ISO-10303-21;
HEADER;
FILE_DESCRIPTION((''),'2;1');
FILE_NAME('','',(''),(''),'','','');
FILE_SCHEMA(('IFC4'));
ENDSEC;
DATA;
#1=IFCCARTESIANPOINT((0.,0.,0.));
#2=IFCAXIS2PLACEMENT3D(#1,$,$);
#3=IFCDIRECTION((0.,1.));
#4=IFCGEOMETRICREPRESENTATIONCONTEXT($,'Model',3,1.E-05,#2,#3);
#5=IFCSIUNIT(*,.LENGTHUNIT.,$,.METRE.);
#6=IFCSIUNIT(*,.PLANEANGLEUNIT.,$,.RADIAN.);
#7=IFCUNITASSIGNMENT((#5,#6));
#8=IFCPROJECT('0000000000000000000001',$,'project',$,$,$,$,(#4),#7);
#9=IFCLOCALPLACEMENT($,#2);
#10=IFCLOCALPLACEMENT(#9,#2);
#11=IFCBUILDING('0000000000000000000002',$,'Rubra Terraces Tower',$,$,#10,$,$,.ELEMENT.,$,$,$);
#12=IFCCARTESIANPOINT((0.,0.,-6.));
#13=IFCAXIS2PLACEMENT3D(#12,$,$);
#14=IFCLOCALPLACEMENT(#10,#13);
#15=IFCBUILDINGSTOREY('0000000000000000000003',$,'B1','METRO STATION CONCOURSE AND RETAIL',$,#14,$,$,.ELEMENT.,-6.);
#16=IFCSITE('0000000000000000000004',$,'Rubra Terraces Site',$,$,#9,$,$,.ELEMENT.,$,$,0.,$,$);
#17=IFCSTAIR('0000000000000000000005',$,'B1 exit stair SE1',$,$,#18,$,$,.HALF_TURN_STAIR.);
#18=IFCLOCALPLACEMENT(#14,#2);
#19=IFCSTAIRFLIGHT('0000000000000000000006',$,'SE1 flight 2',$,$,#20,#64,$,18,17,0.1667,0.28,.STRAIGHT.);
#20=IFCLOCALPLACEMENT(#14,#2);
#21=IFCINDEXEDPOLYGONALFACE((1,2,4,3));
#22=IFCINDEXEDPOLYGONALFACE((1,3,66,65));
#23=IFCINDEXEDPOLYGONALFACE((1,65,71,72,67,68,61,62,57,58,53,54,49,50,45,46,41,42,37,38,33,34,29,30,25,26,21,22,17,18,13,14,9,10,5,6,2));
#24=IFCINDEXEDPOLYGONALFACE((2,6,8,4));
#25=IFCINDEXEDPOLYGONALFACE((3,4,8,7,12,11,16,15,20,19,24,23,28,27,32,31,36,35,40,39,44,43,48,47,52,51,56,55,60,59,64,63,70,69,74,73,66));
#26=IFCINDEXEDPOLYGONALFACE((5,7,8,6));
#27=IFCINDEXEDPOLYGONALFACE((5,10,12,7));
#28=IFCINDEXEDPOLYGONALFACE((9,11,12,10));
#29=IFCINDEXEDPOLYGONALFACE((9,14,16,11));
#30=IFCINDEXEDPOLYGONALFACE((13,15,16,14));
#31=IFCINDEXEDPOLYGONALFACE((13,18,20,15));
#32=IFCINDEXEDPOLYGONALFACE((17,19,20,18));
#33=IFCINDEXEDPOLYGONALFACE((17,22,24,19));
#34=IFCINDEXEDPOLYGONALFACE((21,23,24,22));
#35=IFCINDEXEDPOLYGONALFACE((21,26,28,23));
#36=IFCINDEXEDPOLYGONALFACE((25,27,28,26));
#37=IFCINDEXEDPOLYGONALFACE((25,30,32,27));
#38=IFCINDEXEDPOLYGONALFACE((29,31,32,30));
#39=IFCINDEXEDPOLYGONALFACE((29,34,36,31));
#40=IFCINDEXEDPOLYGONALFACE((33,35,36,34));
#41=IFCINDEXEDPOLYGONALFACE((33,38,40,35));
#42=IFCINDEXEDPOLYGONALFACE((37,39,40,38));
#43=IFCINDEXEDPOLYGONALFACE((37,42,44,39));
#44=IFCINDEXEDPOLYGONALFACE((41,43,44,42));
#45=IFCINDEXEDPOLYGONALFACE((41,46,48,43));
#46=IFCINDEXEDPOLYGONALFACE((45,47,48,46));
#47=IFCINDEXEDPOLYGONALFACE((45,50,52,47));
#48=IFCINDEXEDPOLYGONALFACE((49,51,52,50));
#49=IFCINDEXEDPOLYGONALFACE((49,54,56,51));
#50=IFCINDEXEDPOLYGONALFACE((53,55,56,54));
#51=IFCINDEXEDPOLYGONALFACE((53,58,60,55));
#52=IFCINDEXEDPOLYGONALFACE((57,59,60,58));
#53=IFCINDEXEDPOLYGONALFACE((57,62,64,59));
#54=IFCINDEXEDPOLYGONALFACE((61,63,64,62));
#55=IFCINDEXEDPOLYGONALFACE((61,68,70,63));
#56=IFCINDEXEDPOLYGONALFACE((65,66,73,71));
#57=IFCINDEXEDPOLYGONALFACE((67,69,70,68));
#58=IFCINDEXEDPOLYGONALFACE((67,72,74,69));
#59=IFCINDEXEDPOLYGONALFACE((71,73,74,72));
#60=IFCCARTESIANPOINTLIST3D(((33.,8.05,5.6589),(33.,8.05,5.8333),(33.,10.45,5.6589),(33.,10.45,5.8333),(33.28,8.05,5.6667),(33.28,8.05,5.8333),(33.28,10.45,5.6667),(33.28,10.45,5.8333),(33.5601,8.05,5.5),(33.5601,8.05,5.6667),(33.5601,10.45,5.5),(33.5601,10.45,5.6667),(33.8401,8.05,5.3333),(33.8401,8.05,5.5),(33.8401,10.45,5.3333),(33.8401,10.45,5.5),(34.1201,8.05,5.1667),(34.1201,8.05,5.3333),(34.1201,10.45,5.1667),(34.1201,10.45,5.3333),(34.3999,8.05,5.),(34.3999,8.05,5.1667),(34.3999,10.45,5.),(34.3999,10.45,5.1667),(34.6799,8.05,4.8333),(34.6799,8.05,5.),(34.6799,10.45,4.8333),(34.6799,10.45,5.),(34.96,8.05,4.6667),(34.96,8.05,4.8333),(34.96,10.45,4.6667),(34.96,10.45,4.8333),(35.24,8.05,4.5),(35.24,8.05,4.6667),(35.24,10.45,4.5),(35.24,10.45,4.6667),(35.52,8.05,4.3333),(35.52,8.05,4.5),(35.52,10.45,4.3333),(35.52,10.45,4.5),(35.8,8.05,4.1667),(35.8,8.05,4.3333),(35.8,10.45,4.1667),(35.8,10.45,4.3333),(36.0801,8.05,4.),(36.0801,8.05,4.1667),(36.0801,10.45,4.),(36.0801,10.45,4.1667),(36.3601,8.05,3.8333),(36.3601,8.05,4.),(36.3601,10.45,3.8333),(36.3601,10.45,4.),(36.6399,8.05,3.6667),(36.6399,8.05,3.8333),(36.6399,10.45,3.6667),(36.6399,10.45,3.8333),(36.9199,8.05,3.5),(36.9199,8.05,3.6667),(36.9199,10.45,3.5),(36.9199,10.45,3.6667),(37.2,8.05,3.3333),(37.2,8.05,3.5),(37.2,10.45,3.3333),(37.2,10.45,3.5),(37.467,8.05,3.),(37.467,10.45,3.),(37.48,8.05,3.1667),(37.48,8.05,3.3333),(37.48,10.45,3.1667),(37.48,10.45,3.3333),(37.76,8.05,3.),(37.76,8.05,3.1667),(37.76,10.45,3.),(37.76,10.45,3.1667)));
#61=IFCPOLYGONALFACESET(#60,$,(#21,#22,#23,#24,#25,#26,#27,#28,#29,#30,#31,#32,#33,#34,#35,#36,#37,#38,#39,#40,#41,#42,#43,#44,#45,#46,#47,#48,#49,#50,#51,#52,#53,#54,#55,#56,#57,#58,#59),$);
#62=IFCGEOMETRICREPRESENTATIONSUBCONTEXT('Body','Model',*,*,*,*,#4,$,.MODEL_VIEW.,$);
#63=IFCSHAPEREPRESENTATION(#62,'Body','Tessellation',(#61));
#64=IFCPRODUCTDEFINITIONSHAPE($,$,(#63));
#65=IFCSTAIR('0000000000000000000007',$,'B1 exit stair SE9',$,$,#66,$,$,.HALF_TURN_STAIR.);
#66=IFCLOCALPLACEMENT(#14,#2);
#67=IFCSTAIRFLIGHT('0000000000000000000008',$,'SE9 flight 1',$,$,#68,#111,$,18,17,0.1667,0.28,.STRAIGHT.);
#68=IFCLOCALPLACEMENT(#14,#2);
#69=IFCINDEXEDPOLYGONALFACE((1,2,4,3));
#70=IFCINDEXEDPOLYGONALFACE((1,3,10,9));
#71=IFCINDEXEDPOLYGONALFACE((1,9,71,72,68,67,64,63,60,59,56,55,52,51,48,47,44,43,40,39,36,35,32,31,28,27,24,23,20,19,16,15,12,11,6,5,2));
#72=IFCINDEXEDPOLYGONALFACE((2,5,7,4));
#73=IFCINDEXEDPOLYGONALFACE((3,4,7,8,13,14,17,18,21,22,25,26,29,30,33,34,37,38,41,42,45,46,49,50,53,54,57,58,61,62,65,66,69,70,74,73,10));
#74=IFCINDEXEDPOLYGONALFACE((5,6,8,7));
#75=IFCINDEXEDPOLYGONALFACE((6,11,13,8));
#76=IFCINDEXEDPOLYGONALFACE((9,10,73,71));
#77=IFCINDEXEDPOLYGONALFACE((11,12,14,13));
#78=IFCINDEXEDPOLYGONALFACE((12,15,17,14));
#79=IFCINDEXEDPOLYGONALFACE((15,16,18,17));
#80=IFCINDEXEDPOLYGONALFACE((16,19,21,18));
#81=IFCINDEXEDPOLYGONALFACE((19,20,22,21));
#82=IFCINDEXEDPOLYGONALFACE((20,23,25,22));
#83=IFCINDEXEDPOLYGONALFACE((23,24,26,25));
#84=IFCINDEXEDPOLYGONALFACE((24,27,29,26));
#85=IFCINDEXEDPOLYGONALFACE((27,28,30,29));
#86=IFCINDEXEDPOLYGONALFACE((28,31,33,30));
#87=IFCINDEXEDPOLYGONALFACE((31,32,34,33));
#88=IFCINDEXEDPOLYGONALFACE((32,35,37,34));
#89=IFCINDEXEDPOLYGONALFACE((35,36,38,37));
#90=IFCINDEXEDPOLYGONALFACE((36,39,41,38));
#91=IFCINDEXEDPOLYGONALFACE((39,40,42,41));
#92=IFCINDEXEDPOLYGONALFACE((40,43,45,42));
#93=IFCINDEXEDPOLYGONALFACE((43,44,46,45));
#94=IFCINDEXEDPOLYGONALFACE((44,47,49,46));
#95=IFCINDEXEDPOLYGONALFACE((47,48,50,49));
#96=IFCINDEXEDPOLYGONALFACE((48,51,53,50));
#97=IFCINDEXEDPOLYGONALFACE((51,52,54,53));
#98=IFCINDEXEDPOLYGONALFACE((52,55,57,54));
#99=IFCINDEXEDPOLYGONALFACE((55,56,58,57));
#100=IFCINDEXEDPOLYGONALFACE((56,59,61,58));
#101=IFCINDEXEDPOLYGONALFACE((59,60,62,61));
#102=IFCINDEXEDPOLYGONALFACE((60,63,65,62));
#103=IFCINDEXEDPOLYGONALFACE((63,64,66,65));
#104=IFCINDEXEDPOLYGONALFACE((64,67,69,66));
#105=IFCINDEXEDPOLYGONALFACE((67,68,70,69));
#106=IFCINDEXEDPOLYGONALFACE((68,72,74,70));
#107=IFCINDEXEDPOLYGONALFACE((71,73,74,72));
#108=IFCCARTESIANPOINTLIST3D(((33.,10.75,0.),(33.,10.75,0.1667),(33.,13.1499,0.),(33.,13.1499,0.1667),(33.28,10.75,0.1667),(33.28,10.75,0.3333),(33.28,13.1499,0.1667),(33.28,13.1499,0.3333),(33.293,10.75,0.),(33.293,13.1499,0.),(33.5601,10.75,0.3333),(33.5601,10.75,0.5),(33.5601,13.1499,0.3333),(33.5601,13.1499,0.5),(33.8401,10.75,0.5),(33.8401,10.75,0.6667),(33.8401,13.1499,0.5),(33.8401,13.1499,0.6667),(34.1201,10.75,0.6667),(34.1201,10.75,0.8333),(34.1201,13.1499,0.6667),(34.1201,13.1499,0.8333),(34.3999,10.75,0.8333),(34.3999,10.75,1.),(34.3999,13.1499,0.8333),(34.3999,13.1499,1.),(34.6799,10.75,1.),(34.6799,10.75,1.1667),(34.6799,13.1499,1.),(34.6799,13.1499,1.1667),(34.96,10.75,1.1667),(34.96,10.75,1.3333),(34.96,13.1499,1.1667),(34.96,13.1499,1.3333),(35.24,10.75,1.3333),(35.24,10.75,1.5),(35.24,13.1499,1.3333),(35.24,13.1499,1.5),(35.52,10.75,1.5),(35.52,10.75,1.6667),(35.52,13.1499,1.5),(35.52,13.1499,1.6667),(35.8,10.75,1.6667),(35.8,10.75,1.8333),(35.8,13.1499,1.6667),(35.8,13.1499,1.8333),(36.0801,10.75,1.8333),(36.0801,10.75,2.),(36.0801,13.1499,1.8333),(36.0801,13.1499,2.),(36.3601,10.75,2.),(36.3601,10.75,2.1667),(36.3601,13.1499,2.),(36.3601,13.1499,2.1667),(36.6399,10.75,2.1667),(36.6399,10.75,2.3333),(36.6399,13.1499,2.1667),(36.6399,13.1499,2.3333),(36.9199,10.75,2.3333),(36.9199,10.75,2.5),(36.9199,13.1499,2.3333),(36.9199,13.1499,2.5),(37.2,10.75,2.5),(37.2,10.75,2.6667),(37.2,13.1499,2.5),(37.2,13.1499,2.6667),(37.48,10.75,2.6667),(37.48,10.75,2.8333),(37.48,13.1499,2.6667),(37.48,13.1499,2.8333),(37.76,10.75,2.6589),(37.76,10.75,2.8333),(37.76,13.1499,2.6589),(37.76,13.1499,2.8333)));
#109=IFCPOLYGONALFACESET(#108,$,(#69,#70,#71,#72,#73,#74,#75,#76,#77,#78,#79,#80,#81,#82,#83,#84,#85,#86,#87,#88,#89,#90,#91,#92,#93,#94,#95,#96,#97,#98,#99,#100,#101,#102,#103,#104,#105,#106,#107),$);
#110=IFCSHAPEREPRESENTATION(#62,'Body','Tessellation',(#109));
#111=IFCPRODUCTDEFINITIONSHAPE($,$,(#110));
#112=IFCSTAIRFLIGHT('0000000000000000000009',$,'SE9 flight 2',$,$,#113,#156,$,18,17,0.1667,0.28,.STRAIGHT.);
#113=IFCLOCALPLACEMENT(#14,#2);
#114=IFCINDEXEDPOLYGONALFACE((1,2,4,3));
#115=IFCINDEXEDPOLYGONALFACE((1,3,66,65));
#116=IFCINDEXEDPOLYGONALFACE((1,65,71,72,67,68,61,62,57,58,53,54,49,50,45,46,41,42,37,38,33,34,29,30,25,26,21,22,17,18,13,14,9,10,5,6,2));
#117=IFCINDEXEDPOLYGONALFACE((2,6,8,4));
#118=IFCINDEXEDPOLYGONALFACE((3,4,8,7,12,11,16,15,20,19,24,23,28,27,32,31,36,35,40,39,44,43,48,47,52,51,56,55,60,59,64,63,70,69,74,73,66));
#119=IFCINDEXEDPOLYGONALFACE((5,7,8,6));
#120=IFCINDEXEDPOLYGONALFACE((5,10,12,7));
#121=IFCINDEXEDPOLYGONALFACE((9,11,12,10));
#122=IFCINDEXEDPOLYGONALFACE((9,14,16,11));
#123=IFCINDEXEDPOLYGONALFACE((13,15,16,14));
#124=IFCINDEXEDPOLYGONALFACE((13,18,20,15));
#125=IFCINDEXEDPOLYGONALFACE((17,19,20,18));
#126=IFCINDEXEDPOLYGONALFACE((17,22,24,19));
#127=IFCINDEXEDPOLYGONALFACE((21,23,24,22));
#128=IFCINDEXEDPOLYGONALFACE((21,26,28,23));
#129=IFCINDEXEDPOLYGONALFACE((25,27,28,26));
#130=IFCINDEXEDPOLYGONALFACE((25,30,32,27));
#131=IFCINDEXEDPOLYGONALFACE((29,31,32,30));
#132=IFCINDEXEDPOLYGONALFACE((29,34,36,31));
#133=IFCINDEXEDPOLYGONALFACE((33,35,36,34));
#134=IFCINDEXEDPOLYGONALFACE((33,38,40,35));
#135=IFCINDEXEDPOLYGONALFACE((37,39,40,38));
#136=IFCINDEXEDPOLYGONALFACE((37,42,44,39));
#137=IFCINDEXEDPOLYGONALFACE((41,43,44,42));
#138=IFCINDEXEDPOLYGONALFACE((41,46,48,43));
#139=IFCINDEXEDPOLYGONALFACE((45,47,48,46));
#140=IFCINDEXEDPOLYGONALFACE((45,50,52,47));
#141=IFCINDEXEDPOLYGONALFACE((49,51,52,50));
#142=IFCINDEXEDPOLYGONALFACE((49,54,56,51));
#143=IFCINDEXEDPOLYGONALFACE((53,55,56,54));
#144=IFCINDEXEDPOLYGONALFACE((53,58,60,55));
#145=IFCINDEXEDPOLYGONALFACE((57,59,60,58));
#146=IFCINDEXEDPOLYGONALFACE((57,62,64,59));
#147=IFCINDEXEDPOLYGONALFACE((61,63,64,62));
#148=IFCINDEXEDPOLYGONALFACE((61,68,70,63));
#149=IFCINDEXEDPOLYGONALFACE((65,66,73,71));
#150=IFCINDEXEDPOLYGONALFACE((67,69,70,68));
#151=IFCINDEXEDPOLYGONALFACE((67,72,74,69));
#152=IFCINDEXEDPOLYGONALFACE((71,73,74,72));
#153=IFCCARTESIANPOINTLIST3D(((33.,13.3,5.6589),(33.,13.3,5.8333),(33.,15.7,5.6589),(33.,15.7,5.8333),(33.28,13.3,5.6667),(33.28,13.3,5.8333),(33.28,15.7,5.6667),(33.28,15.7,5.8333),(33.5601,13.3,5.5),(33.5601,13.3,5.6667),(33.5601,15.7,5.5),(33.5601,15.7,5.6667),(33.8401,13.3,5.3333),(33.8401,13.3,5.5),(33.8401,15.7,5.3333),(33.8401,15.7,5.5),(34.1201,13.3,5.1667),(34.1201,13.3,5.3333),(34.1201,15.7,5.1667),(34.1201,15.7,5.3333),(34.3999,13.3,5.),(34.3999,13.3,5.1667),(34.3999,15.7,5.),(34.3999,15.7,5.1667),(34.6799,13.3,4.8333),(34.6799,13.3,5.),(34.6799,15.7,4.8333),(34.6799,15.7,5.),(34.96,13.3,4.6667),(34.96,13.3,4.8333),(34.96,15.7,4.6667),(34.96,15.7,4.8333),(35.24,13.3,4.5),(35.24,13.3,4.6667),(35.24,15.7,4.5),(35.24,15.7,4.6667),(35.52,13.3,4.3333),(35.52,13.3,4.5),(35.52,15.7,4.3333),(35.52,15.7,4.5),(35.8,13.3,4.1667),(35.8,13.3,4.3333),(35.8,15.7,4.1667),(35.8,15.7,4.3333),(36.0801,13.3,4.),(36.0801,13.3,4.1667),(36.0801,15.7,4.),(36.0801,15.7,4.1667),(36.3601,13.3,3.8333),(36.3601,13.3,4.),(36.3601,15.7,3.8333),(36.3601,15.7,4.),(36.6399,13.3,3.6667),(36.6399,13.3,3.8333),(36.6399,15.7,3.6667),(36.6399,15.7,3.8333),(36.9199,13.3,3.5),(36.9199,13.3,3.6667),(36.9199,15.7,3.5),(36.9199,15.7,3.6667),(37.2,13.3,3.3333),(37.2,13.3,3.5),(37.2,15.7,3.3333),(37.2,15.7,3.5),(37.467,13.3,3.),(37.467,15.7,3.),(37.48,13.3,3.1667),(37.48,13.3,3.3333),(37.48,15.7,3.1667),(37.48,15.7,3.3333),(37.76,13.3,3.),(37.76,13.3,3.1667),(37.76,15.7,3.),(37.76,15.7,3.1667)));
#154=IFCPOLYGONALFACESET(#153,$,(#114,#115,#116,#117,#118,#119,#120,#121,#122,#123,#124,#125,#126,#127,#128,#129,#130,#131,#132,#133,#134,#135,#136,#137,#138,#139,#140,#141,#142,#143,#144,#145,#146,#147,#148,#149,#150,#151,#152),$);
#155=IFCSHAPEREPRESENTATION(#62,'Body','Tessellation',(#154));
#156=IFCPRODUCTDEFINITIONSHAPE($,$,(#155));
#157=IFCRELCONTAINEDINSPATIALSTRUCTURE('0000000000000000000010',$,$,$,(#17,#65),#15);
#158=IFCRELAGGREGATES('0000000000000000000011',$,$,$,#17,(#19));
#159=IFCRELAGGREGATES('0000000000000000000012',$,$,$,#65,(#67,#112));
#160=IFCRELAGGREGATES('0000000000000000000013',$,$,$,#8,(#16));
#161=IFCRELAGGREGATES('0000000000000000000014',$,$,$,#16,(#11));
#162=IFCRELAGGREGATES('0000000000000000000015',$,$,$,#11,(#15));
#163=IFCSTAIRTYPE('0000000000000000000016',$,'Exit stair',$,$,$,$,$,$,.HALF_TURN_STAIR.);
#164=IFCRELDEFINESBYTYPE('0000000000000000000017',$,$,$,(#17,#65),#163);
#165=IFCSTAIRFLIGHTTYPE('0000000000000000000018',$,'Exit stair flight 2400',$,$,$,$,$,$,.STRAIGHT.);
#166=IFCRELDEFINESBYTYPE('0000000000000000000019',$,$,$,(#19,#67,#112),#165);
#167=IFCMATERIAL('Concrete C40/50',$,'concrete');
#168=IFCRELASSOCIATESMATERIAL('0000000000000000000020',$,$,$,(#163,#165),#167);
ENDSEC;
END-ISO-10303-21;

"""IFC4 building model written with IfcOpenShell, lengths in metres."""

from ifc_helpers import new_model, si_unit, direction, frame, origin, place, context, subcontext, project, spatial, polyline, outline, extrude, material, type_object, element, aggregate, save


model = new_model("IFC4")

# Units and contexts
model_context = context("Model", 3, precision=1e-05, world=origin(), true_north=direction((0.0, 1.0)))
body_context = subcontext(model_context, "Body", "Model", "MODEL_VIEW")
ifc_project = project(units=[si_unit("LENGTHUNIT", "METRE"), si_unit("PLANEANGLEUNIT", "RADIAN")], contexts=[model_context])

# Site, building, storey
site_placement = place(None, origin())
site = spatial("IfcSite", under=ifc_project, at=site_placement, Name="Rubra Terraces Site", CompositionType="ELEMENT", RefElevation=0.0)
building_placement = place(site_placement, origin())
building = spatial("IfcBuilding", under=site, at=building_placement, Name="Rubra Terraces Tower", CompositionType="ELEMENT")
storey_placement = place(building_placement, frame((0.0, 0.0, -6.0)))
storey = spatial("IfcBuildingStorey", under=building, at=storey_placement, Name="B1", Description="METRO STATION CONCOURSE AND RETAIL", CompositionType="ELEMENT", Elevation=-6.0)

# Shared definitions
ifc_material_1 = material(Name="Concrete C40/50", Category="concrete")

# Stairs, stair flights
stair_type = type_object("IfcStairType", Name="Exit stair", PredefinedType="HALF_TURN_STAIR", material=ifc_material_1)
stair_1_placement = place(storey_placement, origin())
stair_1 = element("IfcStair", 1, at=stair_1_placement, inside=storey, type_object=stair_type, Name="B1 exit stair SE1", PredefinedType="HALF_TURN_STAIR")
stair_flight_type = type_object("IfcStairFlightType", Name="Exit stair flight 2400", PredefinedType="STRAIGHT", material=ifc_material_1)
stair_flight_1_placement = place(storey_placement, frame((37.76, 9.25, 3.0), z_axis=(0.0, 0.0, 1.0), x_axis=(-1.0, 0.0, 0.0)))
stair_flight_1 = element("IfcStairFlight", 2, at=stair_flight_1_placement, type_object=stair_flight_type, Name="SE1 flight 2", NumberOfRisers=18, NumberOfTreads=17, PredefinedType="STRAIGHT", RiserHeight=0.1667, TreadLength=0.28, context=body_context, shape_type="SweptSolid", body=[
    extrude(outline(polyline([(0.0, 0.0), (0.0, 0.1667), (0.28, 0.1667), (0.28, 0.3333), (0.5601, 0.3333), (0.5601, 0.5), (0.8401, 0.5), (0.8401, 0.6667), (1.1201, 0.6667), (1.1201, 0.8333), (1.3999, 0.8333), (1.3999, 1.0), (1.6799, 1.0), (1.6799, 1.1667), (1.96, 1.1667), (1.96, 1.3333), (2.24, 1.3333), (2.24, 1.5), (2.52, 1.5), (2.52, 1.6667), (2.8, 1.6667), (2.8, 1.8333), (3.0801, 1.8333), (3.0801, 2.0), (3.3601, 2.0), (3.3601, 2.1667), (3.6399, 2.1667), (3.6399, 2.3333), (3.9199, 2.3333), (3.9199, 2.5), (4.2, 2.5), (4.2, 2.6667), (4.48, 2.6667), (4.48, 2.8333), (4.76, 2.8333), (4.76, 3.0), (4.76, 2.6589), (0.293, 0.0), (0.0, 0.0)])), frame((0.0, 1.2, 0.0), z_axis=(0.0, -1.0, 0.0), x_axis=(1.0, 0.0, 0.0)), (0.0, 0.0, 1.0), 2.3999),
])
aggregate(stair_1, [stair_flight_1])
stair_2_placement = place(storey_placement, origin())
stair_2 = element("IfcStair", 3, at=stair_2_placement, inside=storey, type_object=stair_type, Name="B1 exit stair SE9", PredefinedType="HALF_TURN_STAIR")
stair_flight_2_placement = place(storey_placement, frame((33.0, 11.95, 0.0), z_axis=(0.0, 0.0, 1.0), x_axis=(1.0, 0.0, 0.0)))
stair_flight_2 = element("IfcStairFlight", 4, at=stair_flight_2_placement, type_object=stair_flight_type, Name="SE9 flight 1", NumberOfRisers=18, NumberOfTreads=17, PredefinedType="STRAIGHT", RiserHeight=0.1667, TreadLength=0.28, context=body_context, shape_type="SweptSolid", body=[
    extrude(outline(polyline([(0.0, 0.0), (0.0, 0.1667), (0.28, 0.1667), (0.28, 0.3333), (0.5601, 0.3333), (0.5601, 0.5), (0.8401, 0.5), (0.8401, 0.6667), (1.1201, 0.6667), (1.1201, 0.8333), (1.3999, 0.8333), (1.3999, 1.0), (1.6799, 1.0), (1.6799, 1.1667), (1.96, 1.1667), (1.96, 1.3333), (2.24, 1.3333), (2.24, 1.5), (2.52, 1.5), (2.52, 1.6667), (2.8, 1.6667), (2.8, 1.8333), (3.0801, 1.8333), (3.0801, 2.0), (3.3601, 2.0), (3.3601, 2.1667), (3.6399, 2.1667), (3.6399, 2.3333), (3.9199, 2.3333), (3.9199, 2.5), (4.2, 2.5), (4.2, 2.6667), (4.48, 2.6667), (4.48, 2.8333), (4.76, 2.8333), (4.76, 3.0), (4.76, 2.6589), (0.293, 0.0), (0.0, 0.0)])), frame((0.0, 1.2, 0.0), z_axis=(0.0, -1.0, 0.0), x_axis=(1.0, 0.0, 0.0)), (0.0, 0.0, 1.0), 2.3999),
])
stair_flight_3_placement = place(storey_placement, frame((37.76, 14.5, 3.0), z_axis=(0.0, 0.0, 1.0), x_axis=(-1.0, 0.0, 0.0)))
stair_flight_3 = element("IfcStairFlight", 5, at=stair_flight_3_placement, type_object=stair_flight_type, Name="SE9 flight 2", NumberOfRisers=18, NumberOfTreads=17, PredefinedType="STRAIGHT", RiserHeight=0.1667, TreadLength=0.28, context=body_context, shape_type="SweptSolid", body=[
    extrude(outline(polyline([(0.0, 0.0), (0.0, 0.1667), (0.28, 0.1667), (0.28, 0.3333), (0.5601, 0.3333), (0.5601, 0.5), (0.8401, 0.5), (0.8401, 0.6667), (1.1201, 0.6667), (1.1201, 0.8333), (1.3999, 0.8333), (1.3999, 1.0), (1.6799, 1.0), (1.6799, 1.1667), (1.96, 1.1667), (1.96, 1.3333), (2.24, 1.3333), (2.24, 1.5), (2.52, 1.5), (2.52, 1.6667), (2.8, 1.6667), (2.8, 1.8333), (3.0801, 1.8333), (3.0801, 2.0), (3.3601, 2.0), (3.3601, 2.1667), (3.6399, 2.1667), (3.6399, 2.3333), (3.9199, 2.3333), (3.9199, 2.5), (4.2, 2.5), (4.2, 2.6667), (4.48, 2.6667), (4.48, 2.8333), (4.76, 2.8333), (4.76, 3.0), (4.76, 2.6589), (0.293, 0.0), (0.0, 0.0)])), frame((0.0, 1.2, 0.0), z_axis=(0.0, -1.0, 0.0), x_axis=(1.0, 0.0, 0.0)), (0.0, 0.0, 1.0), 2.3999),
])
aggregate(stair_2, [stair_flight_2, stair_flight_3])

save(model, "model.ifc")
